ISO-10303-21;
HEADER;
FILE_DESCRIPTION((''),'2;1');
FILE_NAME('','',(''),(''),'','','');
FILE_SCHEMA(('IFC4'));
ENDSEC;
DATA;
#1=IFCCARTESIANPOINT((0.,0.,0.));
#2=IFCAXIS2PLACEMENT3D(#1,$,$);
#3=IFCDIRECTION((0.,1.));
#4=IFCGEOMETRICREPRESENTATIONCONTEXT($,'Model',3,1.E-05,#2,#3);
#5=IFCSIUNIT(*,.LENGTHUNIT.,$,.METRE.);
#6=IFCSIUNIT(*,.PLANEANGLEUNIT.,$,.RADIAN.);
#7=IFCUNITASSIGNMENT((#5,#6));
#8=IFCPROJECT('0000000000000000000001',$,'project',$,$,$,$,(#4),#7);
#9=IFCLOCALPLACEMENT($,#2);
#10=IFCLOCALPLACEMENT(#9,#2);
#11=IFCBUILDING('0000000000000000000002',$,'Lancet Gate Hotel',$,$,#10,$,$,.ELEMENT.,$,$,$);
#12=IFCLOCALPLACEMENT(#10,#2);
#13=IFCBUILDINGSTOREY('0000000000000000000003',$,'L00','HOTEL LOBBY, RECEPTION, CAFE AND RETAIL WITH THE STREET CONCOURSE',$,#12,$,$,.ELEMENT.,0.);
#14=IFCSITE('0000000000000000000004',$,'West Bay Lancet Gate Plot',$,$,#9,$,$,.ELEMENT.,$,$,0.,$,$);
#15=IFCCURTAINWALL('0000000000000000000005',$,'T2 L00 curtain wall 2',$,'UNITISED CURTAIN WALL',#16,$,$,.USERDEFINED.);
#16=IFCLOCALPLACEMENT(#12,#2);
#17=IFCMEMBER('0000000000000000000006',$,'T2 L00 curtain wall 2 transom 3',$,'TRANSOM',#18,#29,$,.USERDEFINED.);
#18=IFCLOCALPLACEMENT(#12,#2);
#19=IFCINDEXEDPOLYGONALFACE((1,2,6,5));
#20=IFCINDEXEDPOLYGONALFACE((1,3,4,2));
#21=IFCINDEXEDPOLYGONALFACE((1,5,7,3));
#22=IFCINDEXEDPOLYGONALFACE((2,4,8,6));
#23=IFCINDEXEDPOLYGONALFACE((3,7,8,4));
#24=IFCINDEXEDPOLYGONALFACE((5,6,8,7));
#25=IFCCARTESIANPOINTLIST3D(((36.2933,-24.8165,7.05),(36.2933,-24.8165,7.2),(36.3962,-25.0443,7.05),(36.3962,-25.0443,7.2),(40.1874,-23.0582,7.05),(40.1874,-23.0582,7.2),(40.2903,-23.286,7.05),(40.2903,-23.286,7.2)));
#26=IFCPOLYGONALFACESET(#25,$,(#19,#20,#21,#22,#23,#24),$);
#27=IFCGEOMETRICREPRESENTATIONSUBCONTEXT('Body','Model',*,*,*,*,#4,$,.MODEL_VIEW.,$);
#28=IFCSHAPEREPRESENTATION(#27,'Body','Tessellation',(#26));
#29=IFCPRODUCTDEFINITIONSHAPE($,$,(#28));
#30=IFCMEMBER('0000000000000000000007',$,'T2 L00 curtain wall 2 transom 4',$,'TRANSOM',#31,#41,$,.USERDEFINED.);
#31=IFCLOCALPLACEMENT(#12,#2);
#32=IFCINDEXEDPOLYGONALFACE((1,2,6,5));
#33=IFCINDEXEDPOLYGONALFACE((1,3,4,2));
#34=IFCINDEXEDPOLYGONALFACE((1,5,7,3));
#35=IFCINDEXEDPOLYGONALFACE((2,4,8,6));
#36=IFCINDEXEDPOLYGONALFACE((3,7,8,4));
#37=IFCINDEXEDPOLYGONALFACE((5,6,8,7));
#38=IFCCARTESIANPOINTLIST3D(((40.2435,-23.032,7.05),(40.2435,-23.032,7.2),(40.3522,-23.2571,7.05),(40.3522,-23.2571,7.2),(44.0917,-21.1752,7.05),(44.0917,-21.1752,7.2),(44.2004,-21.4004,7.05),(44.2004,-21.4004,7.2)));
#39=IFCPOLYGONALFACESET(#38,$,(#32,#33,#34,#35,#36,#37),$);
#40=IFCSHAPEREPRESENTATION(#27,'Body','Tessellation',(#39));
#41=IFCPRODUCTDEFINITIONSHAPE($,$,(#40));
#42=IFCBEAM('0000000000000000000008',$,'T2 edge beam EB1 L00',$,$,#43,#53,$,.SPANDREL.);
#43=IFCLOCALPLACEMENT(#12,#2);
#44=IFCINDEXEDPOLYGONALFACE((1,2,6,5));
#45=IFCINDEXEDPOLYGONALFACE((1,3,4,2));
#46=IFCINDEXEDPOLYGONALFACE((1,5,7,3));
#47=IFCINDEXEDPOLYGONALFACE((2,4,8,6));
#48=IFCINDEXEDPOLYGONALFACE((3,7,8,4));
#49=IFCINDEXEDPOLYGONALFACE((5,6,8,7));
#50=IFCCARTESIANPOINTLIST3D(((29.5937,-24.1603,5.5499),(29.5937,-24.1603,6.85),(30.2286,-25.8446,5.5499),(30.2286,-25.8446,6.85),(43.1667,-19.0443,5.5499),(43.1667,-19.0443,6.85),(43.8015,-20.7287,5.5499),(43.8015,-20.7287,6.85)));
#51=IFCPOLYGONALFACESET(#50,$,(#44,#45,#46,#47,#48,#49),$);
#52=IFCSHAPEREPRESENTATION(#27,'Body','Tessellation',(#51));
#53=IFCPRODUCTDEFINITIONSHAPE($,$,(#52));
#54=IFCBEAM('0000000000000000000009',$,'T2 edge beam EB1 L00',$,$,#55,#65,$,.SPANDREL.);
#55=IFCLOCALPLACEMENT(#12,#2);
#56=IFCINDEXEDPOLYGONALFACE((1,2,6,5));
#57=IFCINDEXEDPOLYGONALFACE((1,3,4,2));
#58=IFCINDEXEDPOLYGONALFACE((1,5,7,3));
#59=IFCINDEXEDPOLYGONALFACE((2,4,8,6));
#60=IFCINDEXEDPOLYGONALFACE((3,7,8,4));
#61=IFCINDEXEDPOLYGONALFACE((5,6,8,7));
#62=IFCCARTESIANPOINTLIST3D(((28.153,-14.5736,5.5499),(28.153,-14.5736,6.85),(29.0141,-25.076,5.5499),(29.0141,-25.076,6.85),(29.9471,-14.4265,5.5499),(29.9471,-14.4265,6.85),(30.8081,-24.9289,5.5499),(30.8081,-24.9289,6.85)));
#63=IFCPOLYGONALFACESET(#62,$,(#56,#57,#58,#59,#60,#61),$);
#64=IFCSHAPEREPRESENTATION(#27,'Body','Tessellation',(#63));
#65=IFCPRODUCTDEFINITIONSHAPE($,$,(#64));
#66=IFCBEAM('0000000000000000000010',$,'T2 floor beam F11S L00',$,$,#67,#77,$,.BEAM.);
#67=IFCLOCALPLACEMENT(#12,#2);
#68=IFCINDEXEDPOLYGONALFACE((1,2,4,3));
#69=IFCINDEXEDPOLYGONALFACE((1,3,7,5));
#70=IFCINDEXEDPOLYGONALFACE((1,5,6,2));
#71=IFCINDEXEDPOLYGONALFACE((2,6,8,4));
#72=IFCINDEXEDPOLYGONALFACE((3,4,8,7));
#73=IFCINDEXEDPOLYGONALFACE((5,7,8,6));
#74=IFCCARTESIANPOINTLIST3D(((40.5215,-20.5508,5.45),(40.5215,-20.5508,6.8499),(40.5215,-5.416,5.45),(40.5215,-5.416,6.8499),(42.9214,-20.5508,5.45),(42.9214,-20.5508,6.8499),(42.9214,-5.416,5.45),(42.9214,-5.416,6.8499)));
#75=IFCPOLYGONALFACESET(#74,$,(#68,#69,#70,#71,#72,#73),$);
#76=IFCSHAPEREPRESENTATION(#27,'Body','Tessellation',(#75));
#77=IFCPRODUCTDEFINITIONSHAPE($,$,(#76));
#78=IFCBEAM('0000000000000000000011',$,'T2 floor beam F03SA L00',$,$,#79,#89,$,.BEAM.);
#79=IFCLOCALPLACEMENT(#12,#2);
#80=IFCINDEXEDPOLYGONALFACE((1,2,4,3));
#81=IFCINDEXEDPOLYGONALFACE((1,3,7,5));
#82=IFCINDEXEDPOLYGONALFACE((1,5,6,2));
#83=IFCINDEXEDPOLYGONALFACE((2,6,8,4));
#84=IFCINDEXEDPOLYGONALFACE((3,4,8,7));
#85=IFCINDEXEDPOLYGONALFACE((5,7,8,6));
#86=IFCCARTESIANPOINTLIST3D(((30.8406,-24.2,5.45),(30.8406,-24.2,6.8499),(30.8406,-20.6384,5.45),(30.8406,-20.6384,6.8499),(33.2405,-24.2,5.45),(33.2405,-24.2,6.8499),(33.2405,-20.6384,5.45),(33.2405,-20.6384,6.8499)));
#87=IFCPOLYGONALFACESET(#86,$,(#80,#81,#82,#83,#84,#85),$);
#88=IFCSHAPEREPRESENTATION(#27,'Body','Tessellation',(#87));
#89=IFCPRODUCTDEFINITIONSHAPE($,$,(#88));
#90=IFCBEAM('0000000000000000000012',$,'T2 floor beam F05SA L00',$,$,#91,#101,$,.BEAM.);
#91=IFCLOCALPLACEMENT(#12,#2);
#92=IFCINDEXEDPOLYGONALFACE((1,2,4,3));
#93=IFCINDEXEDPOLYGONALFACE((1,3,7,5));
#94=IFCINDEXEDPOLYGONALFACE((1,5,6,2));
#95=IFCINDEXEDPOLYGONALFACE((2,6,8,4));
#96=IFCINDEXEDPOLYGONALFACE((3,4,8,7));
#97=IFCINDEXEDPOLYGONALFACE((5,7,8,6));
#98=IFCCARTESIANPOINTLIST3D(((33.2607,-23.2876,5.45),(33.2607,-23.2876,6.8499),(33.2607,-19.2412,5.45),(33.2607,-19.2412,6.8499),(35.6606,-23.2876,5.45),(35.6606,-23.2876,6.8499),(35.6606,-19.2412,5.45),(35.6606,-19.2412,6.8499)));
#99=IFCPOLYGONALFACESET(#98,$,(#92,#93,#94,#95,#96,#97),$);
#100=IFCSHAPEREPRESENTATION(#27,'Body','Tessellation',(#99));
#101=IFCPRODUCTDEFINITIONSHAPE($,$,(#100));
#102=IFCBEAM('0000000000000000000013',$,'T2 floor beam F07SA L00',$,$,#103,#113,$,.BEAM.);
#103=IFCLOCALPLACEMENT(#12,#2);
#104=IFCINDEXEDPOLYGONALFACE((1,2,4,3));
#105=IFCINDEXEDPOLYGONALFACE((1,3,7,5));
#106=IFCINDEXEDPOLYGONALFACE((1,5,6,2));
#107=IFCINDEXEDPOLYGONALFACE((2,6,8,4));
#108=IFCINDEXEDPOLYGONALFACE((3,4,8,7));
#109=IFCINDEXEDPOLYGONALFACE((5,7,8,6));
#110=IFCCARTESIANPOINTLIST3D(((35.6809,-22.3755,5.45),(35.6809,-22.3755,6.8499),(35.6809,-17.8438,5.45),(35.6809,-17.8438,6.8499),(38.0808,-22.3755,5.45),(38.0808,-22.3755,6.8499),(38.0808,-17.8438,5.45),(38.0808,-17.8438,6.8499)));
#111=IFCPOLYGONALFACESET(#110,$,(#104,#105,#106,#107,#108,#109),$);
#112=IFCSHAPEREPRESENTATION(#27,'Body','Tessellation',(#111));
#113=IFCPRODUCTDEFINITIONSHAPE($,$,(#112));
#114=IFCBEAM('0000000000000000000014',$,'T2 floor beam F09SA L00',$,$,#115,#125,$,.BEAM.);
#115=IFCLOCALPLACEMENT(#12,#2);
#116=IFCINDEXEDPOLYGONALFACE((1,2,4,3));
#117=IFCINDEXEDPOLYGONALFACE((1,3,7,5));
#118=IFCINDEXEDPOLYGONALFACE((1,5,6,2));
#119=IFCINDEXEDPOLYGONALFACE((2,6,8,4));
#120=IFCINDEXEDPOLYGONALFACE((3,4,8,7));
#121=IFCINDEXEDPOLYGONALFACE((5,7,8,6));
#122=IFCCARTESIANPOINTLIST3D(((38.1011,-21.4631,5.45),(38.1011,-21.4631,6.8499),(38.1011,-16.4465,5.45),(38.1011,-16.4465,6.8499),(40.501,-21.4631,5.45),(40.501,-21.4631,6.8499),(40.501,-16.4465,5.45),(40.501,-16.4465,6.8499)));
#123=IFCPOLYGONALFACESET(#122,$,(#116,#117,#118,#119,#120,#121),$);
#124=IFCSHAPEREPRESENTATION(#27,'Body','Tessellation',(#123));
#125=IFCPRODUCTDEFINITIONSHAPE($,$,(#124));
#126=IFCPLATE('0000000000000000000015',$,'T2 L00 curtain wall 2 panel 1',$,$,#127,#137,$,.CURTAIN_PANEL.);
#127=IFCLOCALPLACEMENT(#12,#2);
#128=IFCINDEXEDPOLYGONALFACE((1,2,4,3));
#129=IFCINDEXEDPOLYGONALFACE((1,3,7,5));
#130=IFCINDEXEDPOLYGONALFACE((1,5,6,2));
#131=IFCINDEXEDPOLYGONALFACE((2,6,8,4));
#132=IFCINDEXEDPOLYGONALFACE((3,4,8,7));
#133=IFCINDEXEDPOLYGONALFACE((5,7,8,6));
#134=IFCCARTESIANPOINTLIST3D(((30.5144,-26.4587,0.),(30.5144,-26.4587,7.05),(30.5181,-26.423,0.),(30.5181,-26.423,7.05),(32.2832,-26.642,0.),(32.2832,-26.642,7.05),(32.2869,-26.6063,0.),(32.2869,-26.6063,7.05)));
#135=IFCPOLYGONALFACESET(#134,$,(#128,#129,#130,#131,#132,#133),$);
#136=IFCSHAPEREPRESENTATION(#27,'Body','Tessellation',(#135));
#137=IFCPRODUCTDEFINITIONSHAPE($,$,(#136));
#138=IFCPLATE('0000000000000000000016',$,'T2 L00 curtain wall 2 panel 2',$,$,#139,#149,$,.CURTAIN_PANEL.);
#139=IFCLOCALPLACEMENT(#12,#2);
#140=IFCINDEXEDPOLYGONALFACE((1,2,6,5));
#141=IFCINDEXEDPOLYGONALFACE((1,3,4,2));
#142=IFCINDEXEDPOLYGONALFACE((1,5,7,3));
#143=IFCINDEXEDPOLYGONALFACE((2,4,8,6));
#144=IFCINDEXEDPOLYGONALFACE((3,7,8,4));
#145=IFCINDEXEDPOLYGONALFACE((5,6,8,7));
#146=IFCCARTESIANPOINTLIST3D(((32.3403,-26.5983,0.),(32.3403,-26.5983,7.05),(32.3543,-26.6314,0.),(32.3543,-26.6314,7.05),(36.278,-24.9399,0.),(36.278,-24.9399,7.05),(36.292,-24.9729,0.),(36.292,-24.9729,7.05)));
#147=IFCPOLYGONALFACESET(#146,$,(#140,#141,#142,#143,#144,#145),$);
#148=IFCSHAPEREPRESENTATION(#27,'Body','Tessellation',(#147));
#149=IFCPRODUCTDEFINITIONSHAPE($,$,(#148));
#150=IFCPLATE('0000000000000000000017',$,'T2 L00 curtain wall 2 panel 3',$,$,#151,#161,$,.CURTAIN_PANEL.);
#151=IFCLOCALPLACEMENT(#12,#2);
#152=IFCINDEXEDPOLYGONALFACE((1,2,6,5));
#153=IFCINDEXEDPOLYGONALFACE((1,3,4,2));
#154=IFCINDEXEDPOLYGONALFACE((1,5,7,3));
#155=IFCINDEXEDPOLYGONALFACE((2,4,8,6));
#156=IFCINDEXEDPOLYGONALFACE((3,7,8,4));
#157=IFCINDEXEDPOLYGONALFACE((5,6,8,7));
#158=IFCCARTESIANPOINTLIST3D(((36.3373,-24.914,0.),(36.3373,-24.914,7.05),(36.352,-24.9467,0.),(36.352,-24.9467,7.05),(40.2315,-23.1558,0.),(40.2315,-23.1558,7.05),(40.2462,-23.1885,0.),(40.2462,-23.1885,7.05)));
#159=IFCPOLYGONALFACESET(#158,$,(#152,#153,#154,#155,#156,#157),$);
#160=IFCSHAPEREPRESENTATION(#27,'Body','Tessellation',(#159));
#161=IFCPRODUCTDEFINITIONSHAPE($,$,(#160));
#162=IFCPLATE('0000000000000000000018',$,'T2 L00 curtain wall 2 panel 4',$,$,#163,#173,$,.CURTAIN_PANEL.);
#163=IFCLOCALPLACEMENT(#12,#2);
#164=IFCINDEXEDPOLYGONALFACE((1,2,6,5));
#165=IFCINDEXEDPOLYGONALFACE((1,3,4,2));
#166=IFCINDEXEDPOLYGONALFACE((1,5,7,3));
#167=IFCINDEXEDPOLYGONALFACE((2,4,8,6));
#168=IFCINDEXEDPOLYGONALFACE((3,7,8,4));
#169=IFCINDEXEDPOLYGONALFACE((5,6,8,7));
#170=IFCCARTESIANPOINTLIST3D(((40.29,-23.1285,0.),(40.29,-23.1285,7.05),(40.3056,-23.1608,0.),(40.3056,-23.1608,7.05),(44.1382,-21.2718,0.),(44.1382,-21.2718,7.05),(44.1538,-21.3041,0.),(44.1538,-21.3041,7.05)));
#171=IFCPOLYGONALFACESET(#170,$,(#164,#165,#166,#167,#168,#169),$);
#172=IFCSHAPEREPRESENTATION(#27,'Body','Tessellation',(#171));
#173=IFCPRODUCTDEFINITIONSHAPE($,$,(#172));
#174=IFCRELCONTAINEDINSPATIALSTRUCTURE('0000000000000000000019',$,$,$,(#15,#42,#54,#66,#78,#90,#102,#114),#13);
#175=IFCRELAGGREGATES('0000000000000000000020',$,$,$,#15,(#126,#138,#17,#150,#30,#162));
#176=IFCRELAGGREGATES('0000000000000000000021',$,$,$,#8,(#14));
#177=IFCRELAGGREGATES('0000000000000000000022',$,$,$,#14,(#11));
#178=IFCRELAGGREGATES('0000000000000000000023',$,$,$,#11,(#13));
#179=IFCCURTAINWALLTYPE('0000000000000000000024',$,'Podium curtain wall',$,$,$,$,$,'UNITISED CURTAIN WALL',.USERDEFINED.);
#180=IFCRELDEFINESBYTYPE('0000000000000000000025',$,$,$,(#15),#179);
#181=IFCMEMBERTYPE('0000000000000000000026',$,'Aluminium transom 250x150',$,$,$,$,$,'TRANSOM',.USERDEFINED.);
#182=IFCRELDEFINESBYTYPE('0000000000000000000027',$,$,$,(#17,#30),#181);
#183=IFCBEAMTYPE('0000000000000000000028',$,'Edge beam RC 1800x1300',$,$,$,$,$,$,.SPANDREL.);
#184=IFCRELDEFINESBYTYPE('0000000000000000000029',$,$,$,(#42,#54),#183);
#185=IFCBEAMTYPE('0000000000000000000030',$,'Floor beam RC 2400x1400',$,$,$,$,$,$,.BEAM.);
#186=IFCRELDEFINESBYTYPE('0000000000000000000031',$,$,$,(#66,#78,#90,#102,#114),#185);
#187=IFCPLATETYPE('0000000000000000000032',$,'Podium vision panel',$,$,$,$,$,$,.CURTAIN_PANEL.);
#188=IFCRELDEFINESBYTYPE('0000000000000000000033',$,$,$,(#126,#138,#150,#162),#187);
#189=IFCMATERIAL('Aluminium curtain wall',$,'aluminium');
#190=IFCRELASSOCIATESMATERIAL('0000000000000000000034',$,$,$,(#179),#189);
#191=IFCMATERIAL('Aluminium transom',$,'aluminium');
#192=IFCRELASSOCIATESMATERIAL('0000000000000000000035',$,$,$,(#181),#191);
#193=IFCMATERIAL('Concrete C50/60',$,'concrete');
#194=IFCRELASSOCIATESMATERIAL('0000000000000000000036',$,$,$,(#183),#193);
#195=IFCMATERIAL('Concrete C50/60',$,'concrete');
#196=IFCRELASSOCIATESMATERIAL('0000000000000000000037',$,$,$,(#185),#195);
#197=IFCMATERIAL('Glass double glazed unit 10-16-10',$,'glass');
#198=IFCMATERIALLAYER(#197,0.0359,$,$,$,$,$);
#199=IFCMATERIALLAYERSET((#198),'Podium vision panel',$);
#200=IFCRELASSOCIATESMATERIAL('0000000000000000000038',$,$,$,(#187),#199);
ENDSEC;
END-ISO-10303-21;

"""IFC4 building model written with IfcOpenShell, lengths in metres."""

from ifc_helpers import new_model, si_unit, direction, frame, origin, origin_2d, place, context, subcontext, project, spatial, rectangle, extrude, material, layer, layer_set, material_profile, profile_set, type_object, element, aggregate, save


model = new_model("IFC4")

# Units and contexts
model_context = context("Model", 3, precision=1e-05, world=origin(), true_north=direction((0.0, 1.0)))
body_context = subcontext(model_context, "Body", "Model", "MODEL_VIEW")
ifc_project = project(units=[si_unit("LENGTHUNIT", "METRE"), si_unit("PLANEANGLEUNIT", "RADIAN")], contexts=[model_context])

# Site, building, storey
site_placement = place(None, origin())
site = spatial("IfcSite", under=ifc_project, at=site_placement, Name="West Bay Lancet Gate Plot", CompositionType="ELEMENT", RefElevation=0.0)
building_placement = place(site_placement, origin())
building = spatial("IfcBuilding", under=site, at=building_placement, Name="Lancet Gate Hotel", CompositionType="ELEMENT")
storey_placement = place(building_placement, origin())
storey = spatial("IfcBuildingStorey", under=building, at=storey_placement, Name="L00", Description="HOTEL LOBBY, RECEPTION, CAFE AND RETAIL WITH THE STREET CONCOURSE", CompositionType="ELEMENT", Elevation=0.0)

# Curtain wall, members
ifc_material_1 = material(Name="Aluminium curtain wall", Category="aluminium")
curtain_wall_type = type_object("IfcCurtainWallType", Name="Podium curtain wall", ElementType="UNITISED CURTAIN WALL", PredefinedType="USERDEFINED", material=ifc_material_1)
curtain_wall_placement = place(storey_placement, origin())
curtain_wall = element("IfcCurtainWall", 1, at=curtain_wall_placement, inside=storey, type_object=curtain_wall_type, Name="T2 L00 curtain wall 2", ObjectType="UNITISED CURTAIN WALL", PredefinedType="USERDEFINED")
ifc_material_2 = material(Name="Aluminium transom", Category="aluminium")
ifc_material_profile_1 = material_profile(ifc_material_2, rectangle(XDim=0.25, YDim=0.1499, at=origin_2d()), Name="TRANSOM 250x150")
ifc_profile_set_1 = profile_set([ifc_material_profile_1], Name="Aluminium transom")
member_type_1 = type_object("IfcMemberType", Name="Aluminium transom 250x150", ElementType="TRANSOM", PredefinedType="USERDEFINED", material=ifc_profile_set_1)
member_1_placement = place(storey_placement, frame((36.3447, -24.9304, 7.125), z_axis=(0.911397, 0.411529, 0.0), x_axis=(-0.411529, 0.911397, 0.0)))
member_1 = element("IfcMember", 2, at=member_1_placement, type_object=member_type_1, Name="T2 L00 curtain wall 2 transom 3", ObjectType="TRANSOM", PredefinedType="USERDEFINED", context=body_context, shape_type="SweptSolid", body=[
    extrude(rectangle(XDim=0.25, YDim=0.1499, at=origin_2d()), origin(), (0.0, 0.0, 1.0), 4.2727),
])
member_2_placement = place(storey_placement, frame((40.2979, -23.1445, 7.125), z_axis=(0.900646, 0.434553, 0.0), x_axis=(-0.434553, 0.900646, 0.0)))
member_2 = element("IfcMember", 3, at=member_2_placement, type_object=member_type_1, Name="T2 L00 curtain wall 2 transom 4", ObjectType="TRANSOM", PredefinedType="USERDEFINED", context=body_context, shape_type="SweptSolid", body=[
    extrude(rectangle(XDim=0.25, YDim=0.1499, at=origin_2d()), origin(), (0.0, 0.0, 1.0), 4.2727),
])

# Beams
ifc_material_3 = material(Name="Concrete C50/60", Category="concrete")
ifc_material_profile_2 = material_profile(ifc_material_3, rectangle(XDim=1.8, YDim=1.3, at=origin_2d()), Name="RC 1800x1300")
ifc_profile_set_2 = profile_set([ifc_material_profile_2], Name="Concrete C50/60")
beam_type_1 = type_object("IfcBeamType", Name="Edge beam RC 1800x1300", PredefinedType="SPANDREL", material=ifc_profile_set_2)
beam_1_placement = place(storey_placement, frame((29.9111, -25.0024, 6.2), z_axis=(0.935736, 0.3527, 0.0), x_axis=(-0.3527, 0.935736, 0.0)))
element("IfcBeam", 4, at=beam_1_placement, inside=storey, type_object=beam_type_1, Name="T2 edge beam EB1 L00", PredefinedType="SPANDREL", context=body_context, shape_type="SweptSolid", body=[
    extrude(rectangle(XDim=1.8, YDim=1.3, at=origin_2d()), origin(), (0.0, 0.0, 1.0), 14.5051),
])
beam_2_placement = place(storey_placement, frame((29.9111, -25.0024, 6.2), z_axis=(-0.081715, 0.996656, 0.0), x_axis=(-0.996656, -0.081715, 0.0)))
element("IfcBeam", 5, at=beam_2_placement, inside=storey, type_object=beam_type_1, Name="T2 edge beam EB1 L00", PredefinedType="SPANDREL", context=body_context, shape_type="SweptSolid", body=[
    extrude(rectangle(XDim=1.8, YDim=1.3, at=origin_2d()), origin(), (0.0, 0.0, 1.0), 10.5376),
])
ifc_material_4 = material(Name="Concrete C50/60", Category="concrete")
ifc_material_profile_3 = material_profile(ifc_material_4, rectangle(XDim=2.3999, YDim=1.3999, at=origin_2d()), Name="RC 2400x1400")
ifc_profile_set_3 = profile_set([ifc_material_profile_3], Name="Concrete C50/60")
beam_type_2 = type_object("IfcBeamType", Name="Floor beam RC 2400x1400", PredefinedType="BEAM", material=ifc_profile_set_3)
beam_3_placement = place(storey_placement, frame((41.7214, -20.5508, 6.1499), z_axis=(0.0, 1.0, 0.0), x_axis=(-1.0, 0.0, 0.0)))
element("IfcBeam", 6, at=beam_3_placement, inside=storey, type_object=beam_type_2, Name="T2 floor beam F11S L00", PredefinedType="BEAM", context=body_context, shape_type="SweptSolid", body=[
    extrude(rectangle(XDim=2.3999, YDim=1.3999, at=origin_2d()), origin(), (0.0, 0.0, 1.0), 15.1348),
])
beam_4_placement = place(storey_placement, frame((32.0405, -24.2, 6.1499), z_axis=(0.0, 1.0, 0.0), x_axis=(-1.0, 0.0, 0.0)))
element("IfcBeam", 7, at=beam_4_placement, inside=storey, type_object=beam_type_2, Name="T2 floor beam F03SA L00", PredefinedType="BEAM", context=body_context, shape_type="SweptSolid", body=[
    extrude(rectangle(XDim=2.3999, YDim=1.3999, at=origin_2d()), origin(), (0.0, 0.0, 1.0), 3.5615),
])
beam_5_placement = place(storey_placement, frame((34.4607, -23.2876, 6.1499), z_axis=(0.0, 1.0, 0.0), x_axis=(-1.0, 0.0, 0.0)))
element("IfcBeam", 8, at=beam_5_placement, inside=storey, type_object=beam_type_2, Name="T2 floor beam F05SA L00", PredefinedType="BEAM", context=body_context, shape_type="SweptSolid", body=[
    extrude(rectangle(XDim=2.3999, YDim=1.3999, at=origin_2d()), origin(), (0.0, 0.0, 1.0), 4.0464),
])
beam_6_placement = place(storey_placement, frame((36.8809, -22.3755, 6.1499), z_axis=(0.0, 1.0, 0.0), x_axis=(-1.0, 0.0, 0.0)))
element("IfcBeam", 9, at=beam_6_placement, inside=storey, type_object=beam_type_2, Name="T2 floor beam F07SA L00", PredefinedType="BEAM", context=body_context, shape_type="SweptSolid", body=[
    extrude(rectangle(XDim=2.3999, YDim=1.3999, at=origin_2d()), origin(), (0.0, 0.0, 1.0), 4.5317),
])
beam_7_placement = place(storey_placement, frame((39.301, -21.4631, 6.1499), z_axis=(0.0, 1.0, 0.0), x_axis=(-1.0, 0.0, 0.0)))
element("IfcBeam", 10, at=beam_7_placement, inside=storey, type_object=beam_type_2, Name="T2 floor beam F09SA L00", PredefinedType="BEAM", context=body_context, shape_type="SweptSolid", body=[
    extrude(rectangle(XDim=2.3999, YDim=1.3999, at=origin_2d()), origin(), (0.0, 0.0, 1.0), 5.0166),
])

# Plates
ifc_material_5 = material(Name="Glass double glazed unit 10-16-10", Category="glass")
ifc_layer_1 = layer(ifc_material_5, 0.0359)
ifc_layer_set_1 = layer_set([ifc_layer_1], Name="Podium vision panel")
plate_type = type_object("IfcPlateType", Name="Podium vision panel", PredefinedType="CURTAIN_PANEL", material=ifc_layer_set_1)
plate_1_placement = place(storey_placement, frame((31.4006, -26.5325, 0.0), z_axis=(0.0, 0.0, 1.0), x_axis=(0.994672, -0.103088, 0.0)))
plate_1 = element("IfcPlate", 11, at=plate_1_placement, type_object=plate_type, Name="T2 L00 curtain wall 2 panel 1", PredefinedType="CURTAIN_PANEL", context=body_context, shape_type="SweptSolid", body=[
    extrude(rectangle(XDim=1.7783, YDim=0.0359, at=origin_2d()), origin(), (0.0, 0.0, 1.0), 7.05),
])
plate_2_placement = place(storey_placement, frame((34.3162, -25.7856, 0.0), z_axis=(0.0, 0.0, 1.0), x_axis=(0.921593, 0.388157, 0.0)))
plate_2 = element("IfcPlate", 12, at=plate_2_placement, type_object=plate_type, Name="T2 L00 curtain wall 2 panel 2", PredefinedType="CURTAIN_PANEL", context=body_context, shape_type="SweptSolid", body=[
    extrude(rectangle(XDim=4.2727, YDim=0.0359, at=origin_2d()), origin(), (0.0, 0.0, 1.0), 7.05),
])
plate_3_placement = place(storey_placement, frame((38.2917, -24.0513, 0.0), z_axis=(0.0, 0.0, 1.0), x_axis=(0.911416, 0.411487, 0.0)))
plate_3 = element("IfcPlate", 13, at=plate_3_placement, type_object=plate_type, Name="T2 L00 curtain wall 2 panel 3", PredefinedType="CURTAIN_PANEL", context=body_context, shape_type="SweptSolid", body=[
    extrude(rectangle(XDim=4.2727, YDim=0.0359, at=origin_2d()), origin(), (0.0, 0.0, 1.0), 7.05),
])
plate_4_placement = place(storey_placement, frame((42.2219, -22.2163, 0.0), z_axis=(0.0, 0.0, 1.0), x_axis=(0.900647, 0.43455, 0.0)))
plate_4 = element("IfcPlate", 14, at=plate_4_placement, type_object=plate_type, Name="T2 L00 curtain wall 2 panel 4", PredefinedType="CURTAIN_PANEL", context=body_context, shape_type="SweptSolid", body=[
    extrude(rectangle(XDim=4.2727, YDim=0.0359, at=origin_2d()), origin(), (0.0, 0.0, 1.0), 7.05),
])
aggregate(curtain_wall, [plate_1, plate_2, member_1, plate_3, member_2, plate_4])

save(model, "model.ifc")
